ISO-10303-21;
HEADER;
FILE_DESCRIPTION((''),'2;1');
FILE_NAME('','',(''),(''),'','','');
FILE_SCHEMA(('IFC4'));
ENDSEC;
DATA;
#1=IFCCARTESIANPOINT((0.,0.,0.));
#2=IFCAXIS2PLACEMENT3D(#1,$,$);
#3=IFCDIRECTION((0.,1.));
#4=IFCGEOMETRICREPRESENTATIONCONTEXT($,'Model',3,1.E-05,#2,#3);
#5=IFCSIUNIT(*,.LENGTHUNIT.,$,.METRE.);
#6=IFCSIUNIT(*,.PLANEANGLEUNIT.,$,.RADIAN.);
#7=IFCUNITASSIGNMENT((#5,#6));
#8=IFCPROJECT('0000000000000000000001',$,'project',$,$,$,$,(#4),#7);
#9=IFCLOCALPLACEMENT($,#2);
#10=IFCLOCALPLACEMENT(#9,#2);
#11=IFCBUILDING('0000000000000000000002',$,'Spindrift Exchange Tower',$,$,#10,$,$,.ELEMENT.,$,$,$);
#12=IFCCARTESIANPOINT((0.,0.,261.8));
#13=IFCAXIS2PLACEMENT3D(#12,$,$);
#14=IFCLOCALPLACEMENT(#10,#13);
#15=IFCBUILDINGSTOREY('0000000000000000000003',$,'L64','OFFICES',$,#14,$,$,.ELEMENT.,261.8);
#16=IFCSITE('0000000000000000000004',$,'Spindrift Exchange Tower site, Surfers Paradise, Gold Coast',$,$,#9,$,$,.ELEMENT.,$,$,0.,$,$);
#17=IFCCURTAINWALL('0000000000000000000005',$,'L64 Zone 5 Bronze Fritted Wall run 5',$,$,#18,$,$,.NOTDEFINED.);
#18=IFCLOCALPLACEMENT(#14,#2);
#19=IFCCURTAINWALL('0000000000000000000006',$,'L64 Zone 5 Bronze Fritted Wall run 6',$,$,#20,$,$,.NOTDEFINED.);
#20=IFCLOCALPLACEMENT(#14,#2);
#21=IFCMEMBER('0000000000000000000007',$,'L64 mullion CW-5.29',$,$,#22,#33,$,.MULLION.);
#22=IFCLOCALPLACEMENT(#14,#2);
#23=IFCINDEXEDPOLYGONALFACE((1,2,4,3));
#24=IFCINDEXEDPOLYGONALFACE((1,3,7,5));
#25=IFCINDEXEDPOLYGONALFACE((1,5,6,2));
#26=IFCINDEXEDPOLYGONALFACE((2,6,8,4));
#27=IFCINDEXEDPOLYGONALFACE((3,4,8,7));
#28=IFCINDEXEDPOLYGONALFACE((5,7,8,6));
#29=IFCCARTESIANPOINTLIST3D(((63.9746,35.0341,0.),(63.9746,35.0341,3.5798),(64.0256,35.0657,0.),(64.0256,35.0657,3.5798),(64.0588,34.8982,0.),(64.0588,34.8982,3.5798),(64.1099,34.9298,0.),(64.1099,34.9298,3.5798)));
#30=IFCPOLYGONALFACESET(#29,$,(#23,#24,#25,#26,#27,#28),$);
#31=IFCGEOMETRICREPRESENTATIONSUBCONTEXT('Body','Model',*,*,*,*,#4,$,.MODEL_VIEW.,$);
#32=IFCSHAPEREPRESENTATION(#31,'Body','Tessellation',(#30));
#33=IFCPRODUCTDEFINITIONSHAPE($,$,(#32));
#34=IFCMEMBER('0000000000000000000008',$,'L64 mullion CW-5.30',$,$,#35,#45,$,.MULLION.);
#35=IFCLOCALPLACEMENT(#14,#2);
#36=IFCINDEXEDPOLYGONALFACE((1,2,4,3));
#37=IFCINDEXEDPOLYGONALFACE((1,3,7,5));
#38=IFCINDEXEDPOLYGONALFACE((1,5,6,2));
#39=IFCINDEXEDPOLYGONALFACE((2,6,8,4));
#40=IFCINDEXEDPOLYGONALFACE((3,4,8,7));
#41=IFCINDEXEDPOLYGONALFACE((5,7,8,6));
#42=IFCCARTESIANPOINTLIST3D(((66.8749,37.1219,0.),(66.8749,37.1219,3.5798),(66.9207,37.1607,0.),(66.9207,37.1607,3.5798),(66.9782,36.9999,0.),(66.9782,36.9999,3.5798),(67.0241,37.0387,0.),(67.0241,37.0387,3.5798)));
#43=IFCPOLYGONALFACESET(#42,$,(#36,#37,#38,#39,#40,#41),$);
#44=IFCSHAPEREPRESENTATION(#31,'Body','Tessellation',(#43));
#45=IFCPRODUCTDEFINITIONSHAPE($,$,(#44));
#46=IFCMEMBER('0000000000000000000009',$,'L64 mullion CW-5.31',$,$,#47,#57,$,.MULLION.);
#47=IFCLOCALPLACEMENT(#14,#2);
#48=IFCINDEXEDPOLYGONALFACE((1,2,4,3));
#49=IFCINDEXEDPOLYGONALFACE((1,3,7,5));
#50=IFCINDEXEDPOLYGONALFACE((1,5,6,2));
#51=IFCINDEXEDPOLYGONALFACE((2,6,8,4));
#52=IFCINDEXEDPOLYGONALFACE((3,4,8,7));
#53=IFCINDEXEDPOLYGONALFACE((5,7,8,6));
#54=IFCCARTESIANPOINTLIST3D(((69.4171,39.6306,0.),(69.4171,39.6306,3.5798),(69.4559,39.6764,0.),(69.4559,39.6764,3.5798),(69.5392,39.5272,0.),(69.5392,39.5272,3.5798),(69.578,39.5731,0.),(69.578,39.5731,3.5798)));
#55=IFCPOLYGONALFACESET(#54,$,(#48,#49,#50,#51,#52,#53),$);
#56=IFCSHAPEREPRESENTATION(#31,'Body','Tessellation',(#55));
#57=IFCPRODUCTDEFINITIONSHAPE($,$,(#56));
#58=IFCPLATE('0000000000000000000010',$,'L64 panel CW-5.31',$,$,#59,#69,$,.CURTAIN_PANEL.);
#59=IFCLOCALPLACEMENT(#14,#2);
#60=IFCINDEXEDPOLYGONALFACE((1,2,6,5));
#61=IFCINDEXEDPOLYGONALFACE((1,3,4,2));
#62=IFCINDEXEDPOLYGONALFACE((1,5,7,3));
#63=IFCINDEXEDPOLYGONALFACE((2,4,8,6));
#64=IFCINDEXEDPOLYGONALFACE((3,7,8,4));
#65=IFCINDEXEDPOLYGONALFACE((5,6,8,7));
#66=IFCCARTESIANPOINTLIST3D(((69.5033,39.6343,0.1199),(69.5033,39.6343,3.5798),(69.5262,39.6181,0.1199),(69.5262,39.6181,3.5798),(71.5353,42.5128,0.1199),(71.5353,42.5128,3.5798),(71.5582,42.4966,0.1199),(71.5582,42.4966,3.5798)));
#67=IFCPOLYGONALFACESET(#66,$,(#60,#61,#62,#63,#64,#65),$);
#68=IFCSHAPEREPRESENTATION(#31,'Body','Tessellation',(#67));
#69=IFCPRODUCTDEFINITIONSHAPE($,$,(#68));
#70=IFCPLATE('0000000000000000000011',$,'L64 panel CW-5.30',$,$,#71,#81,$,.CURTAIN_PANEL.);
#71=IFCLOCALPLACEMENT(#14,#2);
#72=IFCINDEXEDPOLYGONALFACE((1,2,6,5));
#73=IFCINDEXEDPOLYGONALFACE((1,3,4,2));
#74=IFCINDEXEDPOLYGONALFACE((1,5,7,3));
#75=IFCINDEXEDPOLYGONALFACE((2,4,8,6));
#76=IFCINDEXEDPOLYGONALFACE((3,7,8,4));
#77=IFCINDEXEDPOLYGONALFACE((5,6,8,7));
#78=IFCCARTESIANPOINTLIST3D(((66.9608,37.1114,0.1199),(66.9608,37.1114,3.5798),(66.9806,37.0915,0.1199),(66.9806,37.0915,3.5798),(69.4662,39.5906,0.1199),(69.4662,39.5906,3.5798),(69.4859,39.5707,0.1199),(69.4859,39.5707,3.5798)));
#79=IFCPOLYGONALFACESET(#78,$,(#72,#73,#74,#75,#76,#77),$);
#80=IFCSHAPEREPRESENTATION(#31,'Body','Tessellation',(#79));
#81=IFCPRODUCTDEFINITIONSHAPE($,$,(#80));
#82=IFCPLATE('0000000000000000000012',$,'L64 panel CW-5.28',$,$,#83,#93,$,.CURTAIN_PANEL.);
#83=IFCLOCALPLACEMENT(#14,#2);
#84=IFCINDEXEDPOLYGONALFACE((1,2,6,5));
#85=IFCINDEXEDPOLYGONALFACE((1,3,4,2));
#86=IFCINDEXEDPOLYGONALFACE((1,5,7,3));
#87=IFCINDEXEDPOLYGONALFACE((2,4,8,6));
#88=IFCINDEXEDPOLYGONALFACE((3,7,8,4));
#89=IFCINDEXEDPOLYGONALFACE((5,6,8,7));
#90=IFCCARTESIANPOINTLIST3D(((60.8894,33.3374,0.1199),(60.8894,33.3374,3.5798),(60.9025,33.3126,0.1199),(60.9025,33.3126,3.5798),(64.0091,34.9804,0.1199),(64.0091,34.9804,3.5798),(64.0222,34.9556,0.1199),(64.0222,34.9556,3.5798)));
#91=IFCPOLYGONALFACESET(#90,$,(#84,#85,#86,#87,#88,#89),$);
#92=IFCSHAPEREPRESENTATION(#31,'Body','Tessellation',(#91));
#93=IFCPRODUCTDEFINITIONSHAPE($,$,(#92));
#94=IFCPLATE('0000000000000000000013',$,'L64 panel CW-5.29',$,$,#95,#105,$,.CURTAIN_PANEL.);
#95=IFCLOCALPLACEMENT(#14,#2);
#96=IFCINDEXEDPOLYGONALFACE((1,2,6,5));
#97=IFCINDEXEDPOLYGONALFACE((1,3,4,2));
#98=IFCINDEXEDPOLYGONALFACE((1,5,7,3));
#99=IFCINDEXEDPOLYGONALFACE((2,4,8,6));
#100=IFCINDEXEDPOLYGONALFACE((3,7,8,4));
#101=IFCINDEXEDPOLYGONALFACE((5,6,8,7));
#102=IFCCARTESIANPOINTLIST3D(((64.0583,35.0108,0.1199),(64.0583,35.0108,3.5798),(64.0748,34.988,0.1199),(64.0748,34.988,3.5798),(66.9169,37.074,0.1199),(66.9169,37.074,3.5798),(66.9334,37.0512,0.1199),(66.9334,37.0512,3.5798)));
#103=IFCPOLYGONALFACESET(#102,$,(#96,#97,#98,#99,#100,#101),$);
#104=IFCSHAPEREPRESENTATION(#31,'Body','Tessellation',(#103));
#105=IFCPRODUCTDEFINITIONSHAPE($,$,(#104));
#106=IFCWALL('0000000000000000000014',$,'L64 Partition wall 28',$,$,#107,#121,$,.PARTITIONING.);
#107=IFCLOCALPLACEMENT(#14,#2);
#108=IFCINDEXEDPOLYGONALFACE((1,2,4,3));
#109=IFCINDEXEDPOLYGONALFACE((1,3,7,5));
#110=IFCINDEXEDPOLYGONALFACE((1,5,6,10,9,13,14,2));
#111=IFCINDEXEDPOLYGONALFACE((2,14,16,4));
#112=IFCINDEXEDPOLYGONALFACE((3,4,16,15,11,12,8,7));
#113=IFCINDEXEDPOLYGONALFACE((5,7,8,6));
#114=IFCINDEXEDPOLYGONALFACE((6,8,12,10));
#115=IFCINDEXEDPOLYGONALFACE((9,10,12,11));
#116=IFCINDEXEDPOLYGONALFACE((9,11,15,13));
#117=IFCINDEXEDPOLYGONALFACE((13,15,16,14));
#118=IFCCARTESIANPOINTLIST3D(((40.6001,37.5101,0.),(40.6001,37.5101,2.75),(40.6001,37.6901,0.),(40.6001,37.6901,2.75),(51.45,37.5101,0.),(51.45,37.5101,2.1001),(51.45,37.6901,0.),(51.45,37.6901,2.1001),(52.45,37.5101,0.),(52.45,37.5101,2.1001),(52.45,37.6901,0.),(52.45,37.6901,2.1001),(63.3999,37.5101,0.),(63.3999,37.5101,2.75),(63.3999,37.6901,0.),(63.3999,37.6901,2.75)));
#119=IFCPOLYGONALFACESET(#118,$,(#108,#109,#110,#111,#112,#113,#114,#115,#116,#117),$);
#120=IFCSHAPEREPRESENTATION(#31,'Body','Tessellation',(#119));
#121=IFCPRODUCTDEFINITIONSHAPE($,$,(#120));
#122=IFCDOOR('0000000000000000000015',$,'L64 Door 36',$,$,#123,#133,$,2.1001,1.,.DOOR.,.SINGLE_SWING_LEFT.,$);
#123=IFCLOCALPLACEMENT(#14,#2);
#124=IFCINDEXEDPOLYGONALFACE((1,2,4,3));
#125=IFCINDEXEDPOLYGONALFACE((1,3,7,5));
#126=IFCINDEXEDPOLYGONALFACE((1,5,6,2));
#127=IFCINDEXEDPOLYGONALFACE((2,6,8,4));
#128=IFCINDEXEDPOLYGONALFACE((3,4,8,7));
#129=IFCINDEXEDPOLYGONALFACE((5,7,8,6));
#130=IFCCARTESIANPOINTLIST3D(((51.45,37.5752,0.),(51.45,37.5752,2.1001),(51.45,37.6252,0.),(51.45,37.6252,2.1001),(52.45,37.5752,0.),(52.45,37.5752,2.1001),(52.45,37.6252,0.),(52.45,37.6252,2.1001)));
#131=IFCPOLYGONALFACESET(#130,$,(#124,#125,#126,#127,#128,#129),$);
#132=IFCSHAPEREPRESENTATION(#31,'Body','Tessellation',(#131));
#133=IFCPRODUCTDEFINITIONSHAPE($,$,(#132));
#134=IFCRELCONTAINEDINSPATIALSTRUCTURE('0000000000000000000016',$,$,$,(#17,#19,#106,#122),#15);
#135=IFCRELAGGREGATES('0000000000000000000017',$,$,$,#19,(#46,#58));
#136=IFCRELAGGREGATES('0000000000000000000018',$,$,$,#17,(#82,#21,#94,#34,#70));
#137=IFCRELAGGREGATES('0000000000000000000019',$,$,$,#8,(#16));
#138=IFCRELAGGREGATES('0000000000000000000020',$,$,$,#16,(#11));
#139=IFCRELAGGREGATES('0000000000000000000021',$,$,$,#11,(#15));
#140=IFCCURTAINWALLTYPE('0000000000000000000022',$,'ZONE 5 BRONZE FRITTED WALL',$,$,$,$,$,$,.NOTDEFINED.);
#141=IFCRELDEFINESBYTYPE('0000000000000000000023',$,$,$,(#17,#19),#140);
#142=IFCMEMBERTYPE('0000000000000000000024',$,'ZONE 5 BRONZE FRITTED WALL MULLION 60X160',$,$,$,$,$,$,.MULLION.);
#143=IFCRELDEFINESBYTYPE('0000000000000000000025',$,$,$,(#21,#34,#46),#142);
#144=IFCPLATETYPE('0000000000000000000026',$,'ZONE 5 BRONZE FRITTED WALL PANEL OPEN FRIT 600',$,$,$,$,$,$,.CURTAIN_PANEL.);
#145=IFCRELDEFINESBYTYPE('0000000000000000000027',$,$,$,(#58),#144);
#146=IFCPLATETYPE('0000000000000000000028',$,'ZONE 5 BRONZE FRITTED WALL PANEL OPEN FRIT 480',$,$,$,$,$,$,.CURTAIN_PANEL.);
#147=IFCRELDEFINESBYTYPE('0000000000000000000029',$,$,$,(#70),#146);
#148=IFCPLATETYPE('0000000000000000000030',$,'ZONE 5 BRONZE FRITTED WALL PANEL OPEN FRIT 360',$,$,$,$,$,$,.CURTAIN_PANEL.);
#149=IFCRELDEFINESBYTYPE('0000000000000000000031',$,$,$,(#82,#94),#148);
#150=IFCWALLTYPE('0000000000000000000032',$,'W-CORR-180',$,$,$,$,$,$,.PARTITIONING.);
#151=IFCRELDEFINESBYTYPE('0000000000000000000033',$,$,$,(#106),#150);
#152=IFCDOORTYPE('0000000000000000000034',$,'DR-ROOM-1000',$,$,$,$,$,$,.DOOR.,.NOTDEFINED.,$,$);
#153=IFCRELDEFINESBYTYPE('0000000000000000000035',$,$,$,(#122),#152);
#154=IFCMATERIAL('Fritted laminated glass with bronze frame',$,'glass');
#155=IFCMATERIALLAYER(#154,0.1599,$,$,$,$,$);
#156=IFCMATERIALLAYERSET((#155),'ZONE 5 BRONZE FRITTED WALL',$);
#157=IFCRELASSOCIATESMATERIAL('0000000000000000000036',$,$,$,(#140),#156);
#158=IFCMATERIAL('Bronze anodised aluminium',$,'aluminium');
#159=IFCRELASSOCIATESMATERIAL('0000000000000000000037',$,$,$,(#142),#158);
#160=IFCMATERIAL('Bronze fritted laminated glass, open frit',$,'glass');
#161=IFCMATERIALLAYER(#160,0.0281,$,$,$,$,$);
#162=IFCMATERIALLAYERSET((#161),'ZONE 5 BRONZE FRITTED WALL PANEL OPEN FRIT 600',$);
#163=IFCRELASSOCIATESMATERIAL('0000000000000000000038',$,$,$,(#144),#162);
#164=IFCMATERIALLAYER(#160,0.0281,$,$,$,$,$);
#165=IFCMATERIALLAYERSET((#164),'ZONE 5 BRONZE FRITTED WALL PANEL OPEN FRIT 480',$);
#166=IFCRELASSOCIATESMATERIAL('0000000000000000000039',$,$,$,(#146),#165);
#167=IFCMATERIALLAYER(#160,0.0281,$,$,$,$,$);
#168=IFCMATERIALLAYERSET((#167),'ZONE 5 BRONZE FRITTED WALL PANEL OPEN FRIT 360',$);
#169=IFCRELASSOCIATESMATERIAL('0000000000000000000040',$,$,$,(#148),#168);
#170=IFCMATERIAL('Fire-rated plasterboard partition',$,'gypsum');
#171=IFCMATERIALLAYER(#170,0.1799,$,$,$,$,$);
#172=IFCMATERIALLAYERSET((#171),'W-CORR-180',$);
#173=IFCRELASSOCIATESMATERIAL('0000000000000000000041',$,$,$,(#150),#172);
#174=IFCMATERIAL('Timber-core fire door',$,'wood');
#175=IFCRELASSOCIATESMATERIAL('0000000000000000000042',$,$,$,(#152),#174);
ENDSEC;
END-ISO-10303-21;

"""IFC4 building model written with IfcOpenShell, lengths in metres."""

from ifc_helpers import new_model, si_unit, direction, frame, frame_2d, origin, origin_2d, place, context, subcontext, project, spatial, rectangle, extrude, source, transform, mapped, material, layer, layer_set, material_profile, profile_set, type_object, element, fill, aggregate, save


model = new_model("IFC4")

# Units and contexts
model_context = context("Model", 3, precision=1e-05, world=origin(), true_north=direction((0.0, 1.0)))
body_context = subcontext(model_context, "Body", "Model", "MODEL_VIEW")
ifc_project = project(units=[si_unit("LENGTHUNIT", "METRE"), si_unit("PLANEANGLEUNIT", "RADIAN")], contexts=[model_context])

# Site, building, storey
site_placement = place(None, origin())
site = spatial("IfcSite", under=ifc_project, at=site_placement, Name="Spindrift Exchange Tower site, Surfers Paradise, Gold Coast", CompositionType="ELEMENT", RefElevation=0.0)
building_placement = place(site_placement, origin())
building = spatial("IfcBuilding", under=site, at=building_placement, Name="Spindrift Exchange Tower", CompositionType="ELEMENT")
storey_placement = place(building_placement, frame((0.0, 0.0, 261.8)))
storey = spatial("IfcBuildingStorey", under=building, at=storey_placement, Name="L64", Description="OFFICES", CompositionType="ELEMENT", Elevation=261.8)

# Curtain walls
ifc_material_1 = material(Name="Fritted laminated glass with bronze frame", Category="glass")
ifc_layer_1 = layer(ifc_material_1, 0.1599)
ifc_layer_set_1 = layer_set([ifc_layer_1], Name="ZONE 5 BRONZE FRITTED WALL")
curtain_wall_type = type_object("IfcCurtainWallType", Name="ZONE 5 BRONZE FRITTED WALL", PredefinedType="NOTDEFINED", material=ifc_layer_set_1)
curtain_wall_1_placement = place(storey_placement, origin())
curtain_wall_1 = element("IfcCurtainWall", 1, at=curtain_wall_1_placement, inside=storey, type_object=curtain_wall_type, Name="L64 Zone 5 Bronze Fritted Wall run 5", PredefinedType="NOTDEFINED")
ifc_material_2 = material(Name="Bronze anodised aluminium", Category="aluminium")
curtain_wall_2_placement = place(storey_placement, origin())
curtain_wall_2 = element("IfcCurtainWall", 2, at=curtain_wall_2_placement, inside=storey, type_object=curtain_wall_type, Name="L64 Zone 5 Bronze Fritted Wall run 6", PredefinedType="NOTDEFINED")

# Members
ifc_material_profile_1 = material_profile(ifc_material_2, rectangle(XDim=0.0601, YDim=0.1599, at=origin_2d()), Name="ZONE 5 BRONZE FRITTED WALL MULLION 60X160")
ifc_profile_set_1 = profile_set([ifc_material_profile_1], Name="Bronze anodised aluminium")
member_type_1 = type_object("IfcMemberType", Name="ZONE 5 BRONZE FRITTED WALL MULLION 60X160", PredefinedType="MULLION", material=ifc_profile_set_1)
shared_shape_1 = source(origin(), body_context, "Body", "SweptSolid", [
    extrude(rectangle(XDim=0.0601, YDim=0.1599, at=origin_2d()), origin(), (0.0, 0.0, 1.0), 3.5798),
])
member_1_placement = place(storey_placement, frame((64.0422, 34.9819, 0.0), z_axis=(0.0, 0.0, 1.0), x_axis=(0.84992, 0.526911, 0.0)))
member_1 = element("IfcMember", 3, at=member_1_placement, type_object=member_type_1, Name="L64 mullion CW-5.29", PredefinedType="MULLION", context=body_context, shape_type="MappedRepresentation", body=[
    mapped(shared_shape_1, transform((0.0, 0.0, 0.0), scale=1.0)),
])
member_2_placement = place(storey_placement, frame((66.9495, 37.0803, 0.0), z_axis=(0.0, 0.0, 1.0), x_axis=(0.76312, 0.646257, 0.0)))
member_2 = element("IfcMember", 4, at=member_2_placement, type_object=member_type_1, Name="L64 mullion CW-5.30", PredefinedType="MULLION", context=body_context, shape_type="MappedRepresentation", body=[
    mapped(shared_shape_1, transform((0.0, 0.0, 0.0), scale=1.0)),
])
member_3_placement = place(storey_placement, frame((69.4976, 39.6018, 0.0), z_axis=(0.0, 0.0, 1.0), x_axis=(0.646257, 0.76312, 0.0)))
member_3 = element("IfcMember", 5, at=member_3_placement, type_object=member_type_1, Name="L64 mullion CW-5.31", PredefinedType="MULLION", context=body_context, shape_type="MappedRepresentation", body=[
    mapped(shared_shape_1, transform((0.0, 0.0, 0.0), scale=1.0)),
])

# Plates
ifc_material_3 = material(Name="Bronze fritted laminated glass, open frit", Category="glass")
ifc_layer_2 = layer(ifc_material_3, 0.0281)
ifc_layer_set_2 = layer_set([ifc_layer_2], Name="ZONE 5 BRONZE FRITTED WALL PANEL OPEN FRIT 600")
plate_type_1 = type_object("IfcPlateType", Name="ZONE 5 BRONZE FRITTED WALL PANEL OPEN FRIT 600", PredefinedType="CURTAIN_PANEL", material=ifc_layer_set_2)
shared_shape_2 = source(origin(), body_context, "Body", "SweptSolid", [
    extrude(rectangle(XDim=3.5234, YDim=0.0281, at=origin_2d()), origin(), (0.0, 0.0, 1.0), 3.46),
])
plate_1_placement = place(storey_placement, frame((70.5308, 41.0654, 0.1199), z_axis=(0.0, 0.0, 1.0), x_axis=(0.576708, 0.816951, 0.0)))
plate_1 = element("IfcPlate", 6, at=plate_1_placement, type_object=plate_type_1, Name="L64 panel CW-5.31", PredefinedType="CURTAIN_PANEL", context=body_context, shape_type="MappedRepresentation", body=[
    mapped(shared_shape_2, transform((0.0, 0.0, 0.0), scale=1.0)),
])
aggregate(curtain_wall_2, [member_3, plate_1])
ifc_layer_3 = layer(ifc_material_3, 0.0281)
ifc_layer_set_3 = layer_set([ifc_layer_3], Name="ZONE 5 BRONZE FRITTED WALL PANEL OPEN FRIT 480")
plate_type_2 = type_object("IfcPlateType", Name="ZONE 5 BRONZE FRITTED WALL PANEL OPEN FRIT 480", PredefinedType="CURTAIN_PANEL", material=ifc_layer_set_3)
shared_shape_3 = source(origin(), body_context, "Body", "SweptSolid", [
    extrude(rectangle(XDim=3.5247, YDim=0.0281, at=origin_2d()), origin(), (0.0, 0.0, 1.0), 3.46),
])
plate_2_placement = place(storey_placement, frame((68.2234, 38.3411, 0.1199), z_axis=(0.0, 0.0, 1.0), x_axis=(0.710807, 0.703387, 0.0)))
plate_2 = element("IfcPlate", 7, at=plate_2_placement, type_object=plate_type_2, Name="L64 panel CW-5.30", PredefinedType="CURTAIN_PANEL", context=body_context, shape_type="MappedRepresentation", body=[
    mapped(shared_shape_3, transform((0.0, 0.0, 0.0), scale=1.0)),
])
ifc_layer_4 = layer(ifc_material_3, 0.0281)
ifc_layer_set_4 = layer_set([ifc_layer_4], Name="ZONE 5 BRONZE FRITTED WALL PANEL OPEN FRIT 360")
plate_type_3 = type_object("IfcPlateType", Name="ZONE 5 BRONZE FRITTED WALL PANEL OPEN FRIT 360", PredefinedType="CURTAIN_PANEL", material=ifc_layer_set_4)
shared_shape_4 = source(origin(), body_context, "Body", "SweptSolid", [
    extrude(rectangle(XDim=3.5259, YDim=0.0281, at=origin_2d()), origin(), (0.0, 0.0, 1.0), 3.46),
])
plate_3_placement = place(storey_placement, frame((62.4558, 34.1465, 0.1199), z_axis=(0.0, 0.0, 1.0), x_axis=(0.884797, 0.465976, 0.0)))
plate_3 = element("IfcPlate", 8, at=plate_3_placement, type_object=plate_type_3, Name="L64 panel CW-5.28", PredefinedType="CURTAIN_PANEL", context=body_context, shape_type="MappedRepresentation", body=[
    mapped(shared_shape_4, transform((0.0, 0.0, 0.0), scale=1.0)),
])
shared_shape_5 = source(origin(), body_context, "Body", "SweptSolid", [
    extrude(rectangle(XDim=3.5254, YDim=0.0281, at=origin_2d()), origin(), (0.0, 0.0, 1.0), 3.46),
])
plate_4_placement = place(storey_placement, frame((65.4958, 36.031, 0.1199), z_axis=(0.0, 0.0, 1.0), x_axis=(0.810853, 0.585249, 0.0)))
plate_4 = element("IfcPlate", 9, at=plate_4_placement, type_object=plate_type_3, Name="L64 panel CW-5.29", PredefinedType="CURTAIN_PANEL", context=body_context, shape_type="MappedRepresentation", body=[
    mapped(shared_shape_5, transform((0.0, 0.0, 0.0), scale=1.0)),
])
aggregate(curtain_wall_1, [plate_3, member_1, plate_4, member_2, plate_2])

# Wall, opening, door
ifc_material_4 = material(Name="Fire-rated plasterboard partition", Category="gypsum")
ifc_layer_5 = layer(ifc_material_4, 0.1799)
ifc_layer_set_5 = layer_set([ifc_layer_5], Name="W-CORR-180")
wall_type = type_object("IfcWallType", Name="W-CORR-180", PredefinedType="PARTITIONING", material=ifc_layer_set_5)
wall_placement = place(storey_placement, frame((63.3999, 37.6001, 0.0), z_axis=(0.0, 0.0, 1.0), x_axis=(-1.0, 0.0, 0.0)))
wall = element("IfcWall", 10, at=wall_placement, inside=storey, type_object=wall_type, Name="L64 Partition wall 28", PredefinedType="PARTITIONING", context=body_context, shape_type="SweptSolid", body=[
    extrude(rectangle(XDim=22.7998, YDim=0.1799, at=frame_2d((11.3999, 0.0))), origin(), (0.0, 0.0, 1.0), 2.75),
])
opening_placement = place(wall_placement, frame((10.95, 0.0, 0.0)))
opening = element("IfcOpeningElement", 11, at=opening_placement, cuts=wall, PredefinedType="OPENING", context=body_context, shape_type="SweptSolid", body=[
    extrude(rectangle(XDim=1.0, YDim=2.1001, at=frame_2d((0.5, 1.05))), frame((0.0, 0.0999, 0.0), z_axis=(0.0, -1.0, 0.0), x_axis=(1.0, 0.0, 0.0)), (0.0, 0.0, 1.0), 0.2),
])
ifc_material_5 = material(Name="Timber-core fire door", Category="wood")
door_type = type_object("IfcDoorType", Name="DR-ROOM-1000", OperationType="NOTDEFINED", PredefinedType="DOOR", material=ifc_material_5)
shared_shape_6 = source(origin(), body_context, "Body", "SweptSolid", [
    extrude(rectangle(XDim=1.0, YDim=2.1001, at=frame_2d((0.5, 1.05))), frame((0.0, 0.0249, 0.0), z_axis=(0.0, -1.0, 0.0), x_axis=(1.0, 0.0, 0.0)), (0.0, 0.0, 1.0), 0.05),
])
door_placement = place(opening_placement, origin())
door = element("IfcDoor", 12, at=door_placement, inside=storey, type_object=door_type, Name="L64 Door 36", OperationType="SINGLE_SWING_LEFT", OverallHeight=2.1001, OverallWidth=1.0, PredefinedType="DOOR", context=body_context, shape_type="MappedRepresentation", body=[
    mapped(shared_shape_6, transform((0.0, 0.0, 0.0), scale=1.0)),
])
fill(opening, door)

save(model, "model.ifc")
